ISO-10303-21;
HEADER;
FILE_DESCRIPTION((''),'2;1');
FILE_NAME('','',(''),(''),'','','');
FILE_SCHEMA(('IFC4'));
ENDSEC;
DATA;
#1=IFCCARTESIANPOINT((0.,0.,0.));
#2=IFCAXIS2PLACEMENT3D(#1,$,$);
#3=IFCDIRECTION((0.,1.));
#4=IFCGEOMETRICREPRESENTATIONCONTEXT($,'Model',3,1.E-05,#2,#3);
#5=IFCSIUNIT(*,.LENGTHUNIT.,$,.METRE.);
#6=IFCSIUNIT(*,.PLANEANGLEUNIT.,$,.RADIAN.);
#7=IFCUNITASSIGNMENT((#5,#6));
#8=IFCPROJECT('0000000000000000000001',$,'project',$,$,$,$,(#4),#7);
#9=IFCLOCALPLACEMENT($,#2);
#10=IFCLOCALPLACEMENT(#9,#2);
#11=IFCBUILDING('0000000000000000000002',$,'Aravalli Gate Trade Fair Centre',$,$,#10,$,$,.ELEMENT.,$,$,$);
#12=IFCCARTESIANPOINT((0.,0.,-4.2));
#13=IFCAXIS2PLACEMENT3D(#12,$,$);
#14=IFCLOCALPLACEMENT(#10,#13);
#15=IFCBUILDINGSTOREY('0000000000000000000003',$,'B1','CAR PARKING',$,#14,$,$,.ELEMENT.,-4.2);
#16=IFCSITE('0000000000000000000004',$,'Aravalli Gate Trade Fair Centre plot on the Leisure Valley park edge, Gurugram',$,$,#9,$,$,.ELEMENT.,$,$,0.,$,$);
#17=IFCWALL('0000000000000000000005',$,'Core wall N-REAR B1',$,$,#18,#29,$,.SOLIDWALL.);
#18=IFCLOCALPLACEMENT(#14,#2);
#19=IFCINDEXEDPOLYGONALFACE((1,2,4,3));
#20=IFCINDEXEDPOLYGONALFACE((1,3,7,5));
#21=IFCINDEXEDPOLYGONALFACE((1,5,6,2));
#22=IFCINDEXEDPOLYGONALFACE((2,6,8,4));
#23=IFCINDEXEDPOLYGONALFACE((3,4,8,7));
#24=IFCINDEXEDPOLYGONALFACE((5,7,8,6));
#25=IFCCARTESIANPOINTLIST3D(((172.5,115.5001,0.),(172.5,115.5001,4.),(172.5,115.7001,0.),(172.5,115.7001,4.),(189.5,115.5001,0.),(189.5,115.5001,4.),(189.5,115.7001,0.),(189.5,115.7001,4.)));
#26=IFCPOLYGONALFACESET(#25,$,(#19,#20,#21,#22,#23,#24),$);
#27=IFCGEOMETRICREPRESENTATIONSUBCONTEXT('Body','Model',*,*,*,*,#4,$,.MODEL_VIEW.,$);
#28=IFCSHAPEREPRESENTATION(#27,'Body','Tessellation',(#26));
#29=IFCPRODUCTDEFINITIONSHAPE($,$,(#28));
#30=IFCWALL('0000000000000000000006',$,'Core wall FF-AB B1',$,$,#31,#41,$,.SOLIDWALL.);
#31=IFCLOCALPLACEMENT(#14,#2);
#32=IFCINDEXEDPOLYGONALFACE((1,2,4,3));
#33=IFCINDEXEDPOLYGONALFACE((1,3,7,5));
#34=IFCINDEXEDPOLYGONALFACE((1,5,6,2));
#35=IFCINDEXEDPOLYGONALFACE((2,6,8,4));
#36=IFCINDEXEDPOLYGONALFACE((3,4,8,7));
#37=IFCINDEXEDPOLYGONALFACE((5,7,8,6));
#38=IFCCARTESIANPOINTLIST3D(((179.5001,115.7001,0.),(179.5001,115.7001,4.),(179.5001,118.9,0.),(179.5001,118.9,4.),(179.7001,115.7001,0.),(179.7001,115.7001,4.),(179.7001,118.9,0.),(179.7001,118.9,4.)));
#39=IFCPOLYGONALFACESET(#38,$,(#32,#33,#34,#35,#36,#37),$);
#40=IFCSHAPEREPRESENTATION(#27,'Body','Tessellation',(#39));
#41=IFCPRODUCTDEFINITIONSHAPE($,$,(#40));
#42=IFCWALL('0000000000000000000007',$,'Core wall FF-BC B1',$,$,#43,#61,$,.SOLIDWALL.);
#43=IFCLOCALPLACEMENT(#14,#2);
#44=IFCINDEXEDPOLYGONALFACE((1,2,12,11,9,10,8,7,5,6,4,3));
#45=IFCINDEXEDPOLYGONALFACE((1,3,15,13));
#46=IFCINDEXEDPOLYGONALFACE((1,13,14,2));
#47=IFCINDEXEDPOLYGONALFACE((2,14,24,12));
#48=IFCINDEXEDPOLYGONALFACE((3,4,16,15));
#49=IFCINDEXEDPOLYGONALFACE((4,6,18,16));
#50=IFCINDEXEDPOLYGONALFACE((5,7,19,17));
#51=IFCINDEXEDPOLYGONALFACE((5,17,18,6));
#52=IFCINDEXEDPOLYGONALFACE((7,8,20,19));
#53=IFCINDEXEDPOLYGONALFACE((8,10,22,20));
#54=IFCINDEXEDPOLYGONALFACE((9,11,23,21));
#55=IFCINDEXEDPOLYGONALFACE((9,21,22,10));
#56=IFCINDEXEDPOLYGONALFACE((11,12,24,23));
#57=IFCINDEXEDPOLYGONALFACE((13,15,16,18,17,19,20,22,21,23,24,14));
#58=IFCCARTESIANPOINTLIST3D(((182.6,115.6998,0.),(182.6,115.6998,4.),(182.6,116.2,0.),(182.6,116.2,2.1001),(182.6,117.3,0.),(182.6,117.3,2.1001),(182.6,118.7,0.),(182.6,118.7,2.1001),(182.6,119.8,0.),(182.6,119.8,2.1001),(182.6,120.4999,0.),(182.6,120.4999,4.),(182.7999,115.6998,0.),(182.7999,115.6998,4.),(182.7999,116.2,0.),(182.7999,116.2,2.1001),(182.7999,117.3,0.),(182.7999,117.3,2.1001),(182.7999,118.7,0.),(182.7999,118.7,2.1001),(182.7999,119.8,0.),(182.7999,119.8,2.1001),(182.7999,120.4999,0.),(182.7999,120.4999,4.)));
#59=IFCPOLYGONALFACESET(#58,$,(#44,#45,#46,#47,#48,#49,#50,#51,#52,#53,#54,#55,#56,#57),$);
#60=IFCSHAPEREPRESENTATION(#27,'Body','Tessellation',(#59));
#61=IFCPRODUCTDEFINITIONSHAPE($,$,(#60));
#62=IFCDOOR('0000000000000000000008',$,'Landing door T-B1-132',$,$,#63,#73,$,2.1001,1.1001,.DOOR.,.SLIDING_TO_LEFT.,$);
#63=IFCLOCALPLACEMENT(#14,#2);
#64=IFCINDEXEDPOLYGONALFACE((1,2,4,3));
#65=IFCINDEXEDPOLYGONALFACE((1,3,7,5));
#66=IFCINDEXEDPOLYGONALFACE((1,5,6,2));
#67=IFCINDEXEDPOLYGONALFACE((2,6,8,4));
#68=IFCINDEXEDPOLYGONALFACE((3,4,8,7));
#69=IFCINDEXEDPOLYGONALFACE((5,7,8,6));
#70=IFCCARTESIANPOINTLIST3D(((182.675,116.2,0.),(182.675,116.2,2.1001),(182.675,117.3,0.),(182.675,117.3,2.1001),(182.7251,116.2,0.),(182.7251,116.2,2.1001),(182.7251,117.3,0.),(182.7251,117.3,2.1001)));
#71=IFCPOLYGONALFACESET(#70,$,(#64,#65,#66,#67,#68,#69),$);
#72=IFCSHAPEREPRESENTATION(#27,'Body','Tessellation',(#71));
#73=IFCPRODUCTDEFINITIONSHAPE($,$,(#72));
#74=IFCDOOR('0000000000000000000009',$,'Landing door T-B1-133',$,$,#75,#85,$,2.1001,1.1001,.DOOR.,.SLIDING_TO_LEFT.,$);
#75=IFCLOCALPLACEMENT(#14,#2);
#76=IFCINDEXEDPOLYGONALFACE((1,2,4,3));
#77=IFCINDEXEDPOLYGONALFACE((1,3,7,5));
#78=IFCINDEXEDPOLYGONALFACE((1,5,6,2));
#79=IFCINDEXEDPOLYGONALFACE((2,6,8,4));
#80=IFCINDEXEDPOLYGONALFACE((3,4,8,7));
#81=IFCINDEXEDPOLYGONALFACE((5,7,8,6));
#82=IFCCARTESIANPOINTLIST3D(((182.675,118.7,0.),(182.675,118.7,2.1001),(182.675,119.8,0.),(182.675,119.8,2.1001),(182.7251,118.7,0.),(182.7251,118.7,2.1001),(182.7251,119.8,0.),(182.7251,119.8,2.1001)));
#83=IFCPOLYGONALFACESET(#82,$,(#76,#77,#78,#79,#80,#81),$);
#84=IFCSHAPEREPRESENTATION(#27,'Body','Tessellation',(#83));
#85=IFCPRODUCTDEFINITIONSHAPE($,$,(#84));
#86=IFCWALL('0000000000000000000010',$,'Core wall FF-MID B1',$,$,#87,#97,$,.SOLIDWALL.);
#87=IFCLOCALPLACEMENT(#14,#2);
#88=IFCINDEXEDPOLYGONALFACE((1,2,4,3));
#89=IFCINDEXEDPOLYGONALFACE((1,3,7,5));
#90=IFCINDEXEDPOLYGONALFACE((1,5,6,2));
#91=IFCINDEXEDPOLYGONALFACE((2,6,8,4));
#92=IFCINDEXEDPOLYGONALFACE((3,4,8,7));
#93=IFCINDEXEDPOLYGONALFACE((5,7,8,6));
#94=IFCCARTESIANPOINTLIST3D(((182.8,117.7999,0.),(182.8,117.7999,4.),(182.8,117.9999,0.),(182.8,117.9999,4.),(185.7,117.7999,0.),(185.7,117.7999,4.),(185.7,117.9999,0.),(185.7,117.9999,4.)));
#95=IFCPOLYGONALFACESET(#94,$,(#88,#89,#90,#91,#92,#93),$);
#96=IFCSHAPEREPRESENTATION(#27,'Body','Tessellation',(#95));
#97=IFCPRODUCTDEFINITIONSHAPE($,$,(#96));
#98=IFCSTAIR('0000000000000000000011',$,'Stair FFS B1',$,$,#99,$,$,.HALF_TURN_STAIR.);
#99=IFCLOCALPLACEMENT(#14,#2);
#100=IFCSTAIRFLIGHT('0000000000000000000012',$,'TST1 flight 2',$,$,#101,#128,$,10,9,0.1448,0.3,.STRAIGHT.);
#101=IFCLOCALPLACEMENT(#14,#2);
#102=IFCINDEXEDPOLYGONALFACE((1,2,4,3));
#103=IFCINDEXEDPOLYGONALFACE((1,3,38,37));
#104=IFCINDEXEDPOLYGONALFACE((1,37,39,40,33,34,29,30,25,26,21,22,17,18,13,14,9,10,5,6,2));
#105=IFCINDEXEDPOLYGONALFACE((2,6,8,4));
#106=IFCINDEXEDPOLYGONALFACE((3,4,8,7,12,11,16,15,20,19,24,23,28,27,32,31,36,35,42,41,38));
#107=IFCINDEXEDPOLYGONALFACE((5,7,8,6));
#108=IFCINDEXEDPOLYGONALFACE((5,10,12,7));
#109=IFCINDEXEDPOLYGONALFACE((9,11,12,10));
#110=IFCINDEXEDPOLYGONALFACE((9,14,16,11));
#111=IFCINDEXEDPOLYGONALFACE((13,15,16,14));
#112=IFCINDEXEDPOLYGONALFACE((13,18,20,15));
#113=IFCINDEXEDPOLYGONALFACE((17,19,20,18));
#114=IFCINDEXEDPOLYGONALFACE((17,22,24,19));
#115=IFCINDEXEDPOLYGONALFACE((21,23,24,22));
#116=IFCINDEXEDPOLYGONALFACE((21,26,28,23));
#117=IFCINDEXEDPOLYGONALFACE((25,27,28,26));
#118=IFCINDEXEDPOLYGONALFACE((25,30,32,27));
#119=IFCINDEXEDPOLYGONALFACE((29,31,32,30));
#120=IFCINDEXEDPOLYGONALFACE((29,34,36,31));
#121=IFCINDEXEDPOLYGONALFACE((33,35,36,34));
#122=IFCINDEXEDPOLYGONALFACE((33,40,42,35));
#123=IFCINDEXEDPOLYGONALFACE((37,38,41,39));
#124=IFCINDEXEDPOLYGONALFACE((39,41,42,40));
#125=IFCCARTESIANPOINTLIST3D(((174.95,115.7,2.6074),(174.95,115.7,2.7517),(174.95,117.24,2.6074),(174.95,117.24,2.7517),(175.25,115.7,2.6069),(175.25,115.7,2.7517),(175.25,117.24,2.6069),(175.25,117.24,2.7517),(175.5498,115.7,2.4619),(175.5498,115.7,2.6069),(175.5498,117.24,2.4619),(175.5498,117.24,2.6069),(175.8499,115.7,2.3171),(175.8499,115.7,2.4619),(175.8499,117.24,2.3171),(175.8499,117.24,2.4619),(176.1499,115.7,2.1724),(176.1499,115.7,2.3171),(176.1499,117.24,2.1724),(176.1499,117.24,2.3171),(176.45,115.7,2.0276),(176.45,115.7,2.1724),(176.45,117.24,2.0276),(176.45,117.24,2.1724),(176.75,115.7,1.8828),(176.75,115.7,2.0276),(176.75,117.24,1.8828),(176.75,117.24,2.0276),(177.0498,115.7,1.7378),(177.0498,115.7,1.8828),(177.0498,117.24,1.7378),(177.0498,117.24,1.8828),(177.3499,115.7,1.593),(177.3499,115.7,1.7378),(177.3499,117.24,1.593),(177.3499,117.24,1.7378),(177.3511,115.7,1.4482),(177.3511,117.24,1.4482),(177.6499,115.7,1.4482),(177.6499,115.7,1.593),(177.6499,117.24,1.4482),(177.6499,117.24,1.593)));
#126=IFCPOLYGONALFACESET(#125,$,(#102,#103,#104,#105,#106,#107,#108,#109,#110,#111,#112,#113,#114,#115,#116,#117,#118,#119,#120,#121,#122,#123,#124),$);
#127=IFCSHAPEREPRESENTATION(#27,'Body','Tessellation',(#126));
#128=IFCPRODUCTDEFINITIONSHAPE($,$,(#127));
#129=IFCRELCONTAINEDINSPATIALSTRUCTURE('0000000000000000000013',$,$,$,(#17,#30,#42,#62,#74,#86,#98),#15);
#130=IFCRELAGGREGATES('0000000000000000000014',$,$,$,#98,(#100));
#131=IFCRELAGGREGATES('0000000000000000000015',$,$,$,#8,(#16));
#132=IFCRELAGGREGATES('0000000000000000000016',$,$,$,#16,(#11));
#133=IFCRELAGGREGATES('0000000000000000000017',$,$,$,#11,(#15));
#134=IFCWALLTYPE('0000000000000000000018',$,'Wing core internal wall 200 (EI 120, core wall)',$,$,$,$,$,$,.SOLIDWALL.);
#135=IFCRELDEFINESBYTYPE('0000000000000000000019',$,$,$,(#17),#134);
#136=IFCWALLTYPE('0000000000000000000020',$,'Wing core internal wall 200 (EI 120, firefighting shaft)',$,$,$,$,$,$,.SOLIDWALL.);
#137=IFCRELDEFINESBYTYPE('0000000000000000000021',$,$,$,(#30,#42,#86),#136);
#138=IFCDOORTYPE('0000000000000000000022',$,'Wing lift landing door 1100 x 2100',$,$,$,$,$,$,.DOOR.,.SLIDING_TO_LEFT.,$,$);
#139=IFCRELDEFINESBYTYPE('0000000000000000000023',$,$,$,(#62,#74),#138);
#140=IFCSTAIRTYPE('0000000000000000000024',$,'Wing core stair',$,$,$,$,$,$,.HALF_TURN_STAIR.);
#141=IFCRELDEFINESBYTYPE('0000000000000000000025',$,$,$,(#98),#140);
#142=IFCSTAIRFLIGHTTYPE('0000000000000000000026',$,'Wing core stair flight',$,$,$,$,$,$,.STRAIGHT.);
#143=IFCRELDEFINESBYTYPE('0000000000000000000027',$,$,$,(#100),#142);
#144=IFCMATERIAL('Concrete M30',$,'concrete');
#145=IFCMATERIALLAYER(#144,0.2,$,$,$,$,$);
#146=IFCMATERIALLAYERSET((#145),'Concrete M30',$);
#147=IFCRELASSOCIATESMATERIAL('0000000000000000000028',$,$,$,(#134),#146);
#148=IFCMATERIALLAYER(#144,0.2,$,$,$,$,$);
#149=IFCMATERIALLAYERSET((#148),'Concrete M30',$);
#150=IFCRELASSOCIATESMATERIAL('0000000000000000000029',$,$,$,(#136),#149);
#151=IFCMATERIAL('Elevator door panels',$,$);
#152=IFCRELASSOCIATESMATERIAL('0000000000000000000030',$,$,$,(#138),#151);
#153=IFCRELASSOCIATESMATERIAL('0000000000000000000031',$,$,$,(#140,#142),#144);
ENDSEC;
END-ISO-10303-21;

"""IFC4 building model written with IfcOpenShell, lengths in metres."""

from ifc_helpers import new_model, si_unit, direction, frame, frame_2d, origin, place, context, subcontext, project, spatial, polyline, rectangle, outline, extrude, material, layer, layer_set, type_object, element, fill, aggregate, save


model = new_model("IFC4")

# Units and contexts
model_context = context("Model", 3, precision=1e-05, world=origin(), true_north=direction((0.0, 1.0)))
body_context = subcontext(model_context, "Body", "Model", "MODEL_VIEW")
ifc_project = project(units=[si_unit("LENGTHUNIT", "METRE"), si_unit("PLANEANGLEUNIT", "RADIAN")], contexts=[model_context])

# Site, building, storey
site_placement = place(None, origin())
site = spatial("IfcSite", under=ifc_project, at=site_placement, Name="Aravalli Gate Trade Fair Centre plot on the Leisure Valley park edge, Gurugram", CompositionType="ELEMENT", RefElevation=0.0)
building_placement = place(site_placement, origin())
building = spatial("IfcBuilding", under=site, at=building_placement, Name="Aravalli Gate Trade Fair Centre", CompositionType="ELEMENT")
storey_placement = place(building_placement, frame((0.0, 0.0, -4.2)))
storey = spatial("IfcBuildingStorey", under=building, at=storey_placement, Name="B1", Description="CAR PARKING", CompositionType="ELEMENT", Elevation=-4.2)

# Walls
ifc_material_1 = material(Name="Concrete M30", Category="concrete")
ifc_layer_1 = layer(ifc_material_1, 0.2)
ifc_layer_set_1 = layer_set([ifc_layer_1], Name="Concrete M30")
wall_type_1 = type_object("IfcWallType", Name="Wing core internal wall 200 (EI 120, core wall)", PredefinedType="SOLIDWALL", material=ifc_layer_set_1)
wall_1_placement = place(storey_placement, frame((172.5, 115.6001, 0.0), z_axis=(0.0, 0.0, 1.0), x_axis=(1.0, 0.0, 0.0)))
element("IfcWall", 1, at=wall_1_placement, inside=storey, type_object=wall_type_1, Name="Core wall N-REAR B1", PredefinedType="SOLIDWALL", context=body_context, shape_type="SweptSolid", body=[
    extrude(rectangle(XDim=17.0, YDim=0.2, at=frame_2d((8.5, 0.0))), origin(), (0.0, 0.0, 1.0), 4.0),
])
ifc_layer_2 = layer(ifc_material_1, 0.2)
ifc_layer_set_2 = layer_set([ifc_layer_2], Name="Concrete M30")
wall_type_2 = type_object("IfcWallType", Name="Wing core internal wall 200 (EI 120, firefighting shaft)", PredefinedType="SOLIDWALL", material=ifc_layer_set_2)
wall_2_placement = place(storey_placement, frame((179.6001, 115.7, 0.0), z_axis=(0.0, 0.0, 1.0), x_axis=(0.0, 1.0, 0.0)))
element("IfcWall", 2, at=wall_2_placement, inside=storey, type_object=wall_type_2, Name="Core wall FF-AB B1", PredefinedType="SOLIDWALL", context=body_context, shape_type="SweptSolid", body=[
    extrude(rectangle(XDim=3.2, YDim=0.2, at=frame_2d((1.6001, 0.0))), origin(), (0.0, 0.0, 1.0), 4.0),
])

# Wall, openings, doors
wall_3_placement = place(storey_placement, frame((182.7, 115.7, 0.0), z_axis=(0.0, 0.0, 1.0), x_axis=(0.0, 1.0, 0.0)))
wall_3 = element("IfcWall", 3, at=wall_3_placement, inside=storey, type_object=wall_type_2, Name="Core wall FF-BC B1", PredefinedType="SOLIDWALL", context=body_context, shape_type="SweptSolid", body=[
    extrude(rectangle(XDim=4.8, YDim=0.2, at=frame_2d((2.3999, 0.0))), origin(), (0.0, 0.0, 1.0), 4.0),
])
opening_1_placement = place(wall_3_placement, frame((0.5, 0.0, 0.0)))
opening_1 = element("IfcOpeningElement", 4, at=opening_1_placement, cuts=wall_3, PredefinedType="OPENING", context=body_context, shape_type="SweptSolid", body=[
    extrude(rectangle(XDim=1.1001, YDim=2.1001, at=frame_2d((0.55, 1.05))), frame((0.0, 0.1099, 0.0), z_axis=(0.0, -1.0, 0.0), x_axis=(1.0, 0.0, 0.0)), (0.0, 0.0, 1.0), 0.22),
])
opening_2_placement = place(wall_3_placement, frame((3.0, 0.0, 0.0)))
opening_2 = element("IfcOpeningElement", 5, at=opening_2_placement, cuts=wall_3, PredefinedType="OPENING", context=body_context, shape_type="SweptSolid", body=[
    extrude(rectangle(XDim=1.1001, YDim=2.1001, at=frame_2d((0.55, 1.05))), frame((0.0, 0.1099, 0.0), z_axis=(0.0, -1.0, 0.0), x_axis=(1.0, 0.0, 0.0)), (0.0, 0.0, 1.0), 0.22),
])
ifc_material_2 = material(Name="Elevator door panels")
door_type = type_object("IfcDoorType", Name="Wing lift landing door 1100 x 2100", OperationType="SLIDING_TO_LEFT", PredefinedType="DOOR", material=ifc_material_2)
door_1_placement = place(opening_1_placement, origin())
door_1 = element("IfcDoor", 6, at=door_1_placement, inside=storey, type_object=door_type, Name="Landing door T-B1-132", OperationType="SLIDING_TO_LEFT", OverallHeight=2.1001, OverallWidth=1.1001, PredefinedType="DOOR", context=body_context, shape_type="SweptSolid", body=[
    extrude(rectangle(XDim=1.1001, YDim=2.1001, at=frame_2d((0.55, 1.05))), frame((0.0, 0.0249, 0.0), z_axis=(0.0, -1.0, 0.0), x_axis=(1.0, 0.0, 0.0)), (0.0, 0.0, 1.0), 0.05),
])
fill(opening_1, door_1)
door_2_placement = place(opening_2_placement, origin())
door_2 = element("IfcDoor", 7, at=door_2_placement, inside=storey, type_object=door_type, Name="Landing door T-B1-133", OperationType="SLIDING_TO_LEFT", OverallHeight=2.1001, OverallWidth=1.1001, PredefinedType="DOOR", context=body_context, shape_type="SweptSolid", body=[
    extrude(rectangle(XDim=1.1001, YDim=2.1001, at=frame_2d((0.55, 1.05))), frame((0.0, 0.0249, 0.0), z_axis=(0.0, -1.0, 0.0), x_axis=(1.0, 0.0, 0.0)), (0.0, 0.0, 1.0), 0.05),
])
fill(opening_2, door_2)

# Wall
wall_4_placement = place(storey_placement, frame((182.8, 117.8999, 0.0), z_axis=(0.0, 0.0, 1.0), x_axis=(1.0, 0.0, 0.0)))
element("IfcWall", 8, at=wall_4_placement, inside=storey, type_object=wall_type_2, Name="Core wall FF-MID B1", PredefinedType="SOLIDWALL", context=body_context, shape_type="SweptSolid", body=[
    extrude(rectangle(XDim=2.8999, YDim=0.2, at=frame_2d((1.45, 0.0))), origin(), (0.0, 0.0, 1.0), 4.0),
])

# Stair, stair flight
stair_type = type_object("IfcStairType", Name="Wing core stair", PredefinedType="HALF_TURN_STAIR", material=ifc_material_1)
stair_placement = place(storey_placement, origin())
stair = element("IfcStair", 9, at=stair_placement, inside=storey, type_object=stair_type, Name="Stair FFS B1", PredefinedType="HALF_TURN_STAIR")
stair_flight_type = type_object("IfcStairFlightType", Name="Wing core stair flight", PredefinedType="STRAIGHT", material=ifc_material_1)
stair_flight_placement = place(storey_placement, frame((177.6499, 116.47, 1.4482), z_axis=(0.0, 0.0, 1.0), x_axis=(-1.0, 0.0, 0.0)))
stair_flight = element("IfcStairFlight", 10, at=stair_flight_placement, type_object=stair_flight_type, Name="TST1 flight 2", NumberOfRisers=10, NumberOfTreads=9, PredefinedType="STRAIGHT", RiserHeight=0.1448, TreadLength=0.3, context=body_context, shape_type="SweptSolid", body=[
    extrude(outline(polyline([(0.0, 0.0), (0.0, 0.1448), (0.3, 0.1448), (0.3, 0.2896), (0.6001, 0.2896), (0.6001, 0.4346), (0.8999, 0.4346), (0.8999, 0.5793), (1.2, 0.5793), (1.2, 0.7241), (1.5, 0.7241), (1.5, 0.8689), (1.8, 0.8689), (1.8, 1.0137), (2.1001, 1.0137), (2.1001, 1.1587), (2.3999, 1.1587), (2.3999, 1.3035), (2.7, 1.3035), (2.7, 1.4482), (2.7, 1.1592), (0.2988, 0.0), (0.0, 0.0)])), frame((0.0, 0.77, 0.0), z_axis=(0.0, -1.0, 0.0), x_axis=(1.0, 0.0, 0.0)), (0.0, 0.0, 1.0), 1.54),
])
aggregate(stair, [stair_flight])

save(model, "model.ifc")
